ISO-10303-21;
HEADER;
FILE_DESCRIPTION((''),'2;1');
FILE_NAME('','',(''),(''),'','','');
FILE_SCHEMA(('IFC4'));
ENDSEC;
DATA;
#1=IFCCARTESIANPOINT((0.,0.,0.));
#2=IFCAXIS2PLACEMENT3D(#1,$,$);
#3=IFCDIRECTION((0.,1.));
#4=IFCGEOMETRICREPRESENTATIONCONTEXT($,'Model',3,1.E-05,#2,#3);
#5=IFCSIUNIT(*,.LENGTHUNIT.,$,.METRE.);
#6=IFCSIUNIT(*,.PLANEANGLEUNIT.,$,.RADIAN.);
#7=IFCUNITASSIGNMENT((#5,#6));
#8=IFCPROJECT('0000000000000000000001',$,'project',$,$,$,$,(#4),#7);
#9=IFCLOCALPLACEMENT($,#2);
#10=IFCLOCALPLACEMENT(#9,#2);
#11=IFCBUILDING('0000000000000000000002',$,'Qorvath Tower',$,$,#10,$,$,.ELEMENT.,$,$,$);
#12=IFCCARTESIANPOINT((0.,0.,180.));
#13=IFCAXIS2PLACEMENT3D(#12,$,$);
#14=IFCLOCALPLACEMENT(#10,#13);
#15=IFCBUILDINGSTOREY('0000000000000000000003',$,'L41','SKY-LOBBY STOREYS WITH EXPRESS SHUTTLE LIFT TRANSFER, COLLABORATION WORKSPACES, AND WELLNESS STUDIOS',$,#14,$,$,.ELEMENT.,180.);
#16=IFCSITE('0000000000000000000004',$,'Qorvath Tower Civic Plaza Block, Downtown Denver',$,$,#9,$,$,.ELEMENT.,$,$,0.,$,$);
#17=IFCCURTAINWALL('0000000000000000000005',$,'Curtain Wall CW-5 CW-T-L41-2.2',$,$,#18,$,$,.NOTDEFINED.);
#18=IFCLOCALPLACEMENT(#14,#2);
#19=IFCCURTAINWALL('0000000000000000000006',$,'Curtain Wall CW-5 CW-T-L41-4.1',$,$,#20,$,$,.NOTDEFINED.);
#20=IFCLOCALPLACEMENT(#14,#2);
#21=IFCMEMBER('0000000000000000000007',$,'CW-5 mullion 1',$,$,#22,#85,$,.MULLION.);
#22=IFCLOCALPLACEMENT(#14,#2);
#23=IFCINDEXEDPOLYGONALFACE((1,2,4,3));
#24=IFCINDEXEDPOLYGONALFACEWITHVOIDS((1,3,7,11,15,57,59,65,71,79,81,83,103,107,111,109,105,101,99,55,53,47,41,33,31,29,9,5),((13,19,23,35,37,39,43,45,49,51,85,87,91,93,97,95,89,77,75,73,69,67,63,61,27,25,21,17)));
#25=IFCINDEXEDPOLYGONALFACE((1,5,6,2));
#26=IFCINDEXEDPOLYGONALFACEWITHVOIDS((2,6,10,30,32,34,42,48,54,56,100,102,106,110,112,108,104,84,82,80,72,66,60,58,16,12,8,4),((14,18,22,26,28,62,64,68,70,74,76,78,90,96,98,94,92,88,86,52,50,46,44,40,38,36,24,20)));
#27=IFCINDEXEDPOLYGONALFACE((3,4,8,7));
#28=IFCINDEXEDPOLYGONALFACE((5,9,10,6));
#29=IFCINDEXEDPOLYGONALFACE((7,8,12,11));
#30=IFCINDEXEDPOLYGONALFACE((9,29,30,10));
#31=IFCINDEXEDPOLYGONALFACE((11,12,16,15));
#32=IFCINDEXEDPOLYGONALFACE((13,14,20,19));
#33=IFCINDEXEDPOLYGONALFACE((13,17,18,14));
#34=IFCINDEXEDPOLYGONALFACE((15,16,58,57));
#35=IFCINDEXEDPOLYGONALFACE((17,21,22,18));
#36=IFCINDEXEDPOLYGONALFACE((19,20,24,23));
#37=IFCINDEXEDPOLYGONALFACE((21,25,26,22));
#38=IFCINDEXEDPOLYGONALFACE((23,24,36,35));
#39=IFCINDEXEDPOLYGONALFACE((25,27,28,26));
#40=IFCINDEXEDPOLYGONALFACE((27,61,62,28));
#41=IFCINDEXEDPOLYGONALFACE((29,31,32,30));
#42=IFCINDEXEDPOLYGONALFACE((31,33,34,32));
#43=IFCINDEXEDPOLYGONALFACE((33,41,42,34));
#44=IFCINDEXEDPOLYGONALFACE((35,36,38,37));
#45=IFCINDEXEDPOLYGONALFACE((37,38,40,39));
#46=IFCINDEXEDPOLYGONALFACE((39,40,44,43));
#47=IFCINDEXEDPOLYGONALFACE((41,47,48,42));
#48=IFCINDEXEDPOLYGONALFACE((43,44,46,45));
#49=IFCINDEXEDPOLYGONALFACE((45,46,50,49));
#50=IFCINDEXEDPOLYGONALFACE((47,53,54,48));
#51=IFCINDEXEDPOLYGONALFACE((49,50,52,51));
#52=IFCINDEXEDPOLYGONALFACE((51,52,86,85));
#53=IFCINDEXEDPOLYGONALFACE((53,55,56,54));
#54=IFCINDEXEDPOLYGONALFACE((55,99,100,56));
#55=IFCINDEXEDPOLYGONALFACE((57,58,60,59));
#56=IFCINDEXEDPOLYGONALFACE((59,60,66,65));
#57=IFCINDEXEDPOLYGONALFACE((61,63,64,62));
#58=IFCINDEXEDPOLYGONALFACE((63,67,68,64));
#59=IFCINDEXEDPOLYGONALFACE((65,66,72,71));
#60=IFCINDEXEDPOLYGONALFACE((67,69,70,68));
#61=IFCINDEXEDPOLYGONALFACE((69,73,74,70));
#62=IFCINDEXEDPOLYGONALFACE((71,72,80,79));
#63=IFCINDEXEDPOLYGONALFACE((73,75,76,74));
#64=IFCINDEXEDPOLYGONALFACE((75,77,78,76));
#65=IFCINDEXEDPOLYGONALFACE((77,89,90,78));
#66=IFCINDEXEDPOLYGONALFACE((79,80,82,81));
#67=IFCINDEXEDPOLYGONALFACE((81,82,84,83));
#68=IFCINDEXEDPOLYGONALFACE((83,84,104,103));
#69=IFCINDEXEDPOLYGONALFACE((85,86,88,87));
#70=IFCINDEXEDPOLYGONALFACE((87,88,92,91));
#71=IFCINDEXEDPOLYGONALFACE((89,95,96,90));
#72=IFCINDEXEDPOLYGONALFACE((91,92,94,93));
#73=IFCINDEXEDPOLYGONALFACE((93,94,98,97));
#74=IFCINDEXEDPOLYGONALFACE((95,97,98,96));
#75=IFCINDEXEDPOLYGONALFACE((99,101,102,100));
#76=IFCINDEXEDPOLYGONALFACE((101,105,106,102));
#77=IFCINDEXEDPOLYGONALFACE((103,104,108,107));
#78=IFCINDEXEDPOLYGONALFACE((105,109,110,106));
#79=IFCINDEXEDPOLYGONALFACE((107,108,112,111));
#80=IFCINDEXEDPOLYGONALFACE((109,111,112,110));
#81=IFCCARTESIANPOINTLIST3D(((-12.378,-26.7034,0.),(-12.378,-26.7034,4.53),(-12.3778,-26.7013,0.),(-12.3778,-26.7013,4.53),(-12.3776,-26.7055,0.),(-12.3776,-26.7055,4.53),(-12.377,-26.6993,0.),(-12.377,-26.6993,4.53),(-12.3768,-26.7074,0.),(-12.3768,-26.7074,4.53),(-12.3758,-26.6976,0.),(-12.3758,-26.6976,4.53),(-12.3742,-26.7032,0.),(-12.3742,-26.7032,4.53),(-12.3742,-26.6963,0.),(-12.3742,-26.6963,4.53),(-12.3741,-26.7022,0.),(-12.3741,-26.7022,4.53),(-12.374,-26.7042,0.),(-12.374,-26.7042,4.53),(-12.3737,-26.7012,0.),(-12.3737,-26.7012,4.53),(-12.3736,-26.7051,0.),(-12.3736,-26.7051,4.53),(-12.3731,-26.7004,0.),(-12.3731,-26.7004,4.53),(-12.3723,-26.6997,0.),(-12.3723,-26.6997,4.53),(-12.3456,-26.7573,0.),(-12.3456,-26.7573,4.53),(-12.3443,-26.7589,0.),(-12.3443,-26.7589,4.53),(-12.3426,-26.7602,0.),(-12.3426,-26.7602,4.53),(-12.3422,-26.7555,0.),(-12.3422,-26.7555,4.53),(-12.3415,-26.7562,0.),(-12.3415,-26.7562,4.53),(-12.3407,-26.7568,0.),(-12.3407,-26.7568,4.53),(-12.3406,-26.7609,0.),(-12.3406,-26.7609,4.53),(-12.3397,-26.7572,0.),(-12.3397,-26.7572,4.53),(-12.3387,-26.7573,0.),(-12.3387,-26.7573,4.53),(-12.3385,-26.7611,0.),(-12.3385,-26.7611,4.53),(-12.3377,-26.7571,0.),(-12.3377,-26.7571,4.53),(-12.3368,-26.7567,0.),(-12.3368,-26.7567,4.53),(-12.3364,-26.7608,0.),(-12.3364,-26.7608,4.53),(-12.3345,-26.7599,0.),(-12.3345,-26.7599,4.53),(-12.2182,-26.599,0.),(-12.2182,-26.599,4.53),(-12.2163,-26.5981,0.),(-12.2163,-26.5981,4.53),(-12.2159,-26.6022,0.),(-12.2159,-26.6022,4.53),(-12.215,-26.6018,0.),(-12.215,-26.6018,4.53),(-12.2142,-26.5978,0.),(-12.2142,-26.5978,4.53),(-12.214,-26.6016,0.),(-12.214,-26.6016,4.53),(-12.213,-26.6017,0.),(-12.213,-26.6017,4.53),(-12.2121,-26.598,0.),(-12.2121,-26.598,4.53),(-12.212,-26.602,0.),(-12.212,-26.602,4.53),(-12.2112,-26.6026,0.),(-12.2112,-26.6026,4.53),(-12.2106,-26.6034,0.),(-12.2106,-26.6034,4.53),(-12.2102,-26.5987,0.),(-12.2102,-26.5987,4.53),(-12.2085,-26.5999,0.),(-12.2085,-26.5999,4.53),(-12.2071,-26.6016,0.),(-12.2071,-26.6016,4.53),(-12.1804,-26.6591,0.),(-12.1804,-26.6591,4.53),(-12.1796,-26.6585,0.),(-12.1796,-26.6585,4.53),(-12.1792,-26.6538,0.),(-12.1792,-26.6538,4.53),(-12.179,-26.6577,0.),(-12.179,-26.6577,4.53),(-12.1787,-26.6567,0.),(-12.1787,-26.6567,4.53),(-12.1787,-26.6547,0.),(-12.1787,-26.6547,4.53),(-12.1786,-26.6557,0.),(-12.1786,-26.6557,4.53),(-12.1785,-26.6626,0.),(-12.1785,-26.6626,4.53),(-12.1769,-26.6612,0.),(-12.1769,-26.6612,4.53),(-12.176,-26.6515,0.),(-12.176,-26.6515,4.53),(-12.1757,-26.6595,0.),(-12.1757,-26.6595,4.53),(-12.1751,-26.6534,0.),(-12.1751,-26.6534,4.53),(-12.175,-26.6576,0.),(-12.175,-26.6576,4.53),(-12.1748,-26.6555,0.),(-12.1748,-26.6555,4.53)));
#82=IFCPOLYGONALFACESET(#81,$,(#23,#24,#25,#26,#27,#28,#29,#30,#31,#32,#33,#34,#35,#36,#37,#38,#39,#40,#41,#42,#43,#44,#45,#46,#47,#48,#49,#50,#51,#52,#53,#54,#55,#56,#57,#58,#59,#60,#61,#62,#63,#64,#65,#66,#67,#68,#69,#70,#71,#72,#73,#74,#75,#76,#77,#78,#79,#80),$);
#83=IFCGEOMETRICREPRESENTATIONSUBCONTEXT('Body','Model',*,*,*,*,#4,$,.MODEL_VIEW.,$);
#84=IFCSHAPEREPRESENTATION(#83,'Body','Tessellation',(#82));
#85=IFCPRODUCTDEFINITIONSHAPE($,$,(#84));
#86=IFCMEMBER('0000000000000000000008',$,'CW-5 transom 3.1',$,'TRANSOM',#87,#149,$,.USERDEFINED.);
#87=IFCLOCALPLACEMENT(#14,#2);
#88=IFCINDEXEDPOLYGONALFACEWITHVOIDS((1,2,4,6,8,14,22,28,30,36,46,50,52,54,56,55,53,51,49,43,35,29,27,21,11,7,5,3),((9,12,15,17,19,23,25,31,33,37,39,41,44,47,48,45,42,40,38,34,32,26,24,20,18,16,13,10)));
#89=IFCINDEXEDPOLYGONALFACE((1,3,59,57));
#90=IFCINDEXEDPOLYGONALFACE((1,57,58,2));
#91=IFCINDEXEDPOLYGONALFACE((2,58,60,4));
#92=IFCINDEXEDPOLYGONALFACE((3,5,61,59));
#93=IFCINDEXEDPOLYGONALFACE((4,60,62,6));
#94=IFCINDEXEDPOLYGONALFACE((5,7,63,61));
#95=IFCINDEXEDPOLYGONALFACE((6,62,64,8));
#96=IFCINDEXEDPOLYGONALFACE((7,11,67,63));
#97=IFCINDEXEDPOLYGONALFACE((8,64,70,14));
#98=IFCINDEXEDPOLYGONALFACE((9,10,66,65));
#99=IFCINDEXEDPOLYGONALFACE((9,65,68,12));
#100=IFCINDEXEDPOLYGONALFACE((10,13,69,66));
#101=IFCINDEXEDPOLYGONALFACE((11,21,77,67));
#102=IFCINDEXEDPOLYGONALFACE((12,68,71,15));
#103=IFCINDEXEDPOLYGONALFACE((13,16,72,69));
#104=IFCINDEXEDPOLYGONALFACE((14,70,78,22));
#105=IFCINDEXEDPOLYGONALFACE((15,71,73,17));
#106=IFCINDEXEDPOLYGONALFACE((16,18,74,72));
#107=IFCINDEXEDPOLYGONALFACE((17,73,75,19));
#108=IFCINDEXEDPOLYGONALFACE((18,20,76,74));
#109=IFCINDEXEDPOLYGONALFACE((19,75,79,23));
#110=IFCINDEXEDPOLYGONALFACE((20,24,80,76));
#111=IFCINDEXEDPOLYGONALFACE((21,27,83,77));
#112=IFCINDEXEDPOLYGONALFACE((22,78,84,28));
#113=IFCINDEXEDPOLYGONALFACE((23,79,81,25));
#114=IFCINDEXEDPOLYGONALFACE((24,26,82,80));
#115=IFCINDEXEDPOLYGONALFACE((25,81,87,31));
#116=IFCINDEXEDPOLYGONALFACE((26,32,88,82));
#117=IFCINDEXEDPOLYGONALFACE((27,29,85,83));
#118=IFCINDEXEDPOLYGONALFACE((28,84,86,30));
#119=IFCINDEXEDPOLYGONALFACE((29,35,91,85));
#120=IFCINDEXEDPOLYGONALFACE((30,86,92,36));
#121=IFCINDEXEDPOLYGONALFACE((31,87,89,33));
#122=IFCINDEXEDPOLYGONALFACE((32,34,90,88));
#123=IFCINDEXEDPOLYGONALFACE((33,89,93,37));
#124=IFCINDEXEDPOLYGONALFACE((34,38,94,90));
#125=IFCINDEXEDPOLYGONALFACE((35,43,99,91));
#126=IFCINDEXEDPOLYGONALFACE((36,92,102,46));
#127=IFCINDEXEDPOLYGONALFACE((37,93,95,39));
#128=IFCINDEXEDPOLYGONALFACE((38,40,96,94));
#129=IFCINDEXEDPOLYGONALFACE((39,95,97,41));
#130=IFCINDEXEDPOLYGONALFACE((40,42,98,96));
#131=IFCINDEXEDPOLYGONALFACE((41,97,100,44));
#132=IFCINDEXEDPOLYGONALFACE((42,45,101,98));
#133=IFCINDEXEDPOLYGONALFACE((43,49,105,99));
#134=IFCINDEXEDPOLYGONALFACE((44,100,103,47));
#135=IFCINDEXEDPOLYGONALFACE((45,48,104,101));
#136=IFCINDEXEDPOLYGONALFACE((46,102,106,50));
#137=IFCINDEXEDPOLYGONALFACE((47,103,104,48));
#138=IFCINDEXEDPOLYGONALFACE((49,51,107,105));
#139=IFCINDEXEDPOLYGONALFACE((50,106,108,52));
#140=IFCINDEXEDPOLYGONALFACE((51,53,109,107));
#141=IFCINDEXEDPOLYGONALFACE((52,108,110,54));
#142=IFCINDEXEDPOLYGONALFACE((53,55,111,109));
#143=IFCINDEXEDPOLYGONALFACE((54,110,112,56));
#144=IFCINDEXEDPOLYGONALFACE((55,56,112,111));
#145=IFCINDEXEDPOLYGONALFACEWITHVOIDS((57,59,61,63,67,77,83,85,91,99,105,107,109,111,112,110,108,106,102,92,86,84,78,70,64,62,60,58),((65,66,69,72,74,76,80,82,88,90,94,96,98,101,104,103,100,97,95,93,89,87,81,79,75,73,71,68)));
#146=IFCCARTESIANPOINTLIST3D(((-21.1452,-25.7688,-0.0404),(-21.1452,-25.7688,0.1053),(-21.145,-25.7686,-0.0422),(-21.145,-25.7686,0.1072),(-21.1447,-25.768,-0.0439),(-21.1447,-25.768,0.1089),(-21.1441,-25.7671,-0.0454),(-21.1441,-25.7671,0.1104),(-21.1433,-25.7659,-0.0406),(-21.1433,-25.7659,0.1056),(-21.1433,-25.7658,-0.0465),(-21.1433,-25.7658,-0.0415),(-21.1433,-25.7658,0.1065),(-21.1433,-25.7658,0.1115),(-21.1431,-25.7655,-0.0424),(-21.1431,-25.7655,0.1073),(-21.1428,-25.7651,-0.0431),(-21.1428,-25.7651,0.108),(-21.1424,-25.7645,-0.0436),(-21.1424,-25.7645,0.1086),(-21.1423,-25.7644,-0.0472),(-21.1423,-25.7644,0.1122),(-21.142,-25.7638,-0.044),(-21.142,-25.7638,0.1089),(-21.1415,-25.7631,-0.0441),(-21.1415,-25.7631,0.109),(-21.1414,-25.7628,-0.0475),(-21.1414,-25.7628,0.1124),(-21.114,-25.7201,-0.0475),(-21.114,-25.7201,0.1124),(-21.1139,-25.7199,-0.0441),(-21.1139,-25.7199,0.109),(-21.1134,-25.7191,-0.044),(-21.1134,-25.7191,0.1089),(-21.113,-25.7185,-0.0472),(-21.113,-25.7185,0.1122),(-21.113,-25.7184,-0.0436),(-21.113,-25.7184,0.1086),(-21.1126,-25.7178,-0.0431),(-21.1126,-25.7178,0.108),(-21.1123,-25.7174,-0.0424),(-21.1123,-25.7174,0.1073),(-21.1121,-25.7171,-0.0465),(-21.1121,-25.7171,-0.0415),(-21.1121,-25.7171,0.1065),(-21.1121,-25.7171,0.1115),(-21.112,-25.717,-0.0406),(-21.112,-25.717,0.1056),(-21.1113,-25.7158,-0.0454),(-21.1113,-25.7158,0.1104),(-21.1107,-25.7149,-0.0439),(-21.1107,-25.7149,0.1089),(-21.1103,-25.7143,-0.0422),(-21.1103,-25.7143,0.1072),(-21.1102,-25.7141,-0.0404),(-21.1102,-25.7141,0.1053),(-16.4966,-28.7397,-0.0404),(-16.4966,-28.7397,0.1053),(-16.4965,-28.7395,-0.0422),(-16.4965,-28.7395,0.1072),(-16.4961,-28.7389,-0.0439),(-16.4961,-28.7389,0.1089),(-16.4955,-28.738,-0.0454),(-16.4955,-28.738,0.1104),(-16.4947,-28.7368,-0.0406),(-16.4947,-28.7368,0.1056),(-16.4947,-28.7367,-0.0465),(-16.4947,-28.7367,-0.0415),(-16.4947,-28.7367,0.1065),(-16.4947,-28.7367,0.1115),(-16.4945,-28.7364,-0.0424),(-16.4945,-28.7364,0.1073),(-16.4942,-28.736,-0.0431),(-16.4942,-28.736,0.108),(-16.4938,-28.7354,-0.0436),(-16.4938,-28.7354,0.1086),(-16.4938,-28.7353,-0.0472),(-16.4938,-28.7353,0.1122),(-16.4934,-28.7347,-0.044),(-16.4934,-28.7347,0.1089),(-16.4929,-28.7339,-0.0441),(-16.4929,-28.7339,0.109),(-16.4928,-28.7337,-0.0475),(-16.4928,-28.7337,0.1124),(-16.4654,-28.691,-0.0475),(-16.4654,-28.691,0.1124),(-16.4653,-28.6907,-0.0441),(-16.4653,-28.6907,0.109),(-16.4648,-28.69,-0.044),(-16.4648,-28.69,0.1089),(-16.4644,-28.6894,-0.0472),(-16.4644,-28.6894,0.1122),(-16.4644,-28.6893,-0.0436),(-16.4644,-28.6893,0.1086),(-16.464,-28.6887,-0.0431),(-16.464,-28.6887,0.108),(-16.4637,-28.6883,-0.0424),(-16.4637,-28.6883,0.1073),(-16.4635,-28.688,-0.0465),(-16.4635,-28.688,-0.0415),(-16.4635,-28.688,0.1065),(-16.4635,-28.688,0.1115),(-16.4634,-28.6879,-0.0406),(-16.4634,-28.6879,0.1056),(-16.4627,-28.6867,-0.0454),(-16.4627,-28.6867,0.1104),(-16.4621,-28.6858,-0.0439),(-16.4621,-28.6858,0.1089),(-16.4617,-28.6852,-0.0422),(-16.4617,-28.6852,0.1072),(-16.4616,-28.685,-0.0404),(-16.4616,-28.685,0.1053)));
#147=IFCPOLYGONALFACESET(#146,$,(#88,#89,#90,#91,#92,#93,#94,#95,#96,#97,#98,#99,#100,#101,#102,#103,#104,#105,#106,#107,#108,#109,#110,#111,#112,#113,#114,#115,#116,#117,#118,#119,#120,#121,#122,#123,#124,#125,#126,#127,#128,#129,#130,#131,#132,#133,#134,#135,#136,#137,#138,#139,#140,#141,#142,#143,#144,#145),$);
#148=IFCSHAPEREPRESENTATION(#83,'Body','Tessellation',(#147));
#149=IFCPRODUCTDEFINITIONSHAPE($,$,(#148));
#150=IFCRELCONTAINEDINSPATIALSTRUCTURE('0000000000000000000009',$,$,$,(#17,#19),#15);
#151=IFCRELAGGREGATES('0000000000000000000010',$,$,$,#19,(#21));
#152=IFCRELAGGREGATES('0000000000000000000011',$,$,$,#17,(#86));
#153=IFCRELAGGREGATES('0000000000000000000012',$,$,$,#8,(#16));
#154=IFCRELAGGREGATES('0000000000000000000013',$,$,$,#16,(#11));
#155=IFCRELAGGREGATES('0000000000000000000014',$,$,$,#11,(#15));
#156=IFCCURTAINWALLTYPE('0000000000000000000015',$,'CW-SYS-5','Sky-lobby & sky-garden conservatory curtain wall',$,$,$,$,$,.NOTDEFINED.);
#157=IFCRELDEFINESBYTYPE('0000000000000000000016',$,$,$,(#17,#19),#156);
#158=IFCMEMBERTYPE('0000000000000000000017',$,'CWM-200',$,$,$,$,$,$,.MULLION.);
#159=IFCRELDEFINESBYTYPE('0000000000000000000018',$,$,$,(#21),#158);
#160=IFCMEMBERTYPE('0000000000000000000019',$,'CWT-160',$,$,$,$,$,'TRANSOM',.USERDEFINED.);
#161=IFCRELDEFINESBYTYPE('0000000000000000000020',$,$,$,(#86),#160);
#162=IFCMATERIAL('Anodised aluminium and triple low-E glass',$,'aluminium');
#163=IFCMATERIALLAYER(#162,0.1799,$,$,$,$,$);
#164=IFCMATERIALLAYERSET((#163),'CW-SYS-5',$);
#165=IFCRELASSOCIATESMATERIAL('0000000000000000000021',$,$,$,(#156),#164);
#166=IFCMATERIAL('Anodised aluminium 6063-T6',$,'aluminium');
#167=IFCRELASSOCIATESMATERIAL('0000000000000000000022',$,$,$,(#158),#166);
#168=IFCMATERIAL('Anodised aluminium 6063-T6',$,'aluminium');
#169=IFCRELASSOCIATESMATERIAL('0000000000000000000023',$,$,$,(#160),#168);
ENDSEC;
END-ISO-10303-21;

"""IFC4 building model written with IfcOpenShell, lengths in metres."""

from ifc_helpers import new_model, si_unit, direction, frame, origin, origin_2d, place, context, subcontext, project, spatial, hollow_rectangle, extrude, material, layer, layer_set, material_profile, profile_set, type_object, element, aggregate, save


model = new_model("IFC4")

# Units and contexts
model_context = context("Model", 3, precision=1e-05, world=origin(), true_north=direction((0.0, 1.0)))
body_context = subcontext(model_context, "Body", "Model", "MODEL_VIEW")
ifc_project = project(units=[si_unit("LENGTHUNIT", "METRE"), si_unit("PLANEANGLEUNIT", "RADIAN")], contexts=[model_context])

# Site, building, storey
site_placement = place(None, origin())
site = spatial("IfcSite", under=ifc_project, at=site_placement, Name="Qorvath Tower Civic Plaza Block, Downtown Denver", CompositionType="ELEMENT", RefElevation=0.0)
building_placement = place(site_placement, origin())
building = spatial("IfcBuilding", under=site, at=building_placement, Name="Qorvath Tower", CompositionType="ELEMENT")
storey_placement = place(building_placement, frame((0.0, 0.0, 180.0)))
storey = spatial("IfcBuildingStorey", under=building, at=storey_placement, Name="L41", Description="SKY-LOBBY STOREYS WITH EXPRESS SHUTTLE LIFT TRANSFER, COLLABORATION WORKSPACES, AND WELLNESS STUDIOS", CompositionType="ELEMENT", Elevation=180.0)

# Curtain wall
ifc_material_1 = material(Name="Anodised aluminium and triple low-E glass", Category="aluminium")
ifc_layer_1 = layer(ifc_material_1, 0.1799)
ifc_layer_set_1 = layer_set([ifc_layer_1], Name="CW-SYS-5")
curtain_wall_type = type_object("IfcCurtainWallType", Name="CW-SYS-5", Description="Sky-lobby & sky-garden conservatory curtain wall", PredefinedType="NOTDEFINED", material=ifc_layer_set_1)
curtain_wall_1_placement = place(storey_placement, origin())
curtain_wall_1 = element("IfcCurtainWall", 1, at=curtain_wall_1_placement, inside=storey, type_object=curtain_wall_type, Name="Curtain Wall CW-5 CW-T-L41-2.2", PredefinedType="NOTDEFINED")
ifc_material_2 = material(Name="Anodised aluminium 6063-T6", Category="aluminium")
ifc_material_profile_1 = material_profile(ifc_material_2, hollow_rectangle(XDim=0.075, YDim=0.2, WallThickness=0.0039, InnerFilletRadius=0.0039, OuterFilletRadius=0.0081, at=origin_2d()), Name="CWM 200x75")
ifc_profile_set_1 = profile_set([ifc_material_profile_1], Name="Anodised aluminium 6063-T6")
member_type_1 = type_object("IfcMemberType", Name="CWM-200", PredefinedType="MULLION", material=ifc_profile_set_1)

# Curtain wall, member
curtain_wall_2_placement = place(storey_placement, origin())
curtain_wall_2 = element("IfcCurtainWall", 2, at=curtain_wall_2_placement, inside=storey, type_object=curtain_wall_type, Name="Curtain Wall CW-5 CW-T-L41-4.1", PredefinedType="NOTDEFINED")
member_1_placement = place(storey_placement, frame((-12.2764, -26.6794, 0.0), z_axis=(0.0, 0.0, 1.0), x_axis=(-0.52931, 0.848429, 0.0)))
member_1 = element("IfcMember", 3, at=member_1_placement, type_object=member_type_1, Name="CW-5 mullion 1", PredefinedType="MULLION", context=body_context, shape_type="SweptSolid", body=[
    extrude(hollow_rectangle(XDim=0.075, YDim=0.2, WallThickness=0.0039, InnerFilletRadius=0.0039, OuterFilletRadius=0.0081, at=origin_2d()), origin(), (0.0, 0.0, 1.0), 4.53),
])

# Member
ifc_material_3 = material(Name="Anodised aluminium 6063-T6", Category="aluminium")
ifc_material_profile_2 = material_profile(ifc_material_3, hollow_rectangle(XDim=0.0649, YDim=0.1599, WallThickness=0.0034, InnerFilletRadius=0.0034, OuterFilletRadius=0.0071, at=origin_2d()), Name="CWT 160x65")
ifc_profile_set_2 = profile_set([ifc_material_profile_2], Name="Anodised aluminium 6063-T6")
member_type_2 = type_object("IfcMemberType", Name="CWT-160", ElementType="TRANSOM", PredefinedType="USERDEFINED", material=ifc_profile_set_2)
member_2_placement = place(storey_placement, frame((-21.1277, -25.7415, 0.0325), z_axis=(0.842618, -0.538512, 0.0), x_axis=(0.538512, 0.842618, 0.0)))
member_2 = element("IfcMember", 4, at=member_2_placement, type_object=member_type_2, Name="CW-5 transom 3.1", ObjectType="TRANSOM", PredefinedType="USERDEFINED", context=body_context, shape_type="SweptSolid", body=[
    extrude(hollow_rectangle(XDim=0.0649, YDim=0.1599, WallThickness=0.0034, InnerFilletRadius=0.0034, OuterFilletRadius=0.0071, at=origin_2d()), origin(), (0.0, 0.0, 1.0), 5.5168),
])
aggregate(curtain_wall_2, [member_1])

aggregate(curtain_wall_1, [member_2])

save(model, "model.ifc")
